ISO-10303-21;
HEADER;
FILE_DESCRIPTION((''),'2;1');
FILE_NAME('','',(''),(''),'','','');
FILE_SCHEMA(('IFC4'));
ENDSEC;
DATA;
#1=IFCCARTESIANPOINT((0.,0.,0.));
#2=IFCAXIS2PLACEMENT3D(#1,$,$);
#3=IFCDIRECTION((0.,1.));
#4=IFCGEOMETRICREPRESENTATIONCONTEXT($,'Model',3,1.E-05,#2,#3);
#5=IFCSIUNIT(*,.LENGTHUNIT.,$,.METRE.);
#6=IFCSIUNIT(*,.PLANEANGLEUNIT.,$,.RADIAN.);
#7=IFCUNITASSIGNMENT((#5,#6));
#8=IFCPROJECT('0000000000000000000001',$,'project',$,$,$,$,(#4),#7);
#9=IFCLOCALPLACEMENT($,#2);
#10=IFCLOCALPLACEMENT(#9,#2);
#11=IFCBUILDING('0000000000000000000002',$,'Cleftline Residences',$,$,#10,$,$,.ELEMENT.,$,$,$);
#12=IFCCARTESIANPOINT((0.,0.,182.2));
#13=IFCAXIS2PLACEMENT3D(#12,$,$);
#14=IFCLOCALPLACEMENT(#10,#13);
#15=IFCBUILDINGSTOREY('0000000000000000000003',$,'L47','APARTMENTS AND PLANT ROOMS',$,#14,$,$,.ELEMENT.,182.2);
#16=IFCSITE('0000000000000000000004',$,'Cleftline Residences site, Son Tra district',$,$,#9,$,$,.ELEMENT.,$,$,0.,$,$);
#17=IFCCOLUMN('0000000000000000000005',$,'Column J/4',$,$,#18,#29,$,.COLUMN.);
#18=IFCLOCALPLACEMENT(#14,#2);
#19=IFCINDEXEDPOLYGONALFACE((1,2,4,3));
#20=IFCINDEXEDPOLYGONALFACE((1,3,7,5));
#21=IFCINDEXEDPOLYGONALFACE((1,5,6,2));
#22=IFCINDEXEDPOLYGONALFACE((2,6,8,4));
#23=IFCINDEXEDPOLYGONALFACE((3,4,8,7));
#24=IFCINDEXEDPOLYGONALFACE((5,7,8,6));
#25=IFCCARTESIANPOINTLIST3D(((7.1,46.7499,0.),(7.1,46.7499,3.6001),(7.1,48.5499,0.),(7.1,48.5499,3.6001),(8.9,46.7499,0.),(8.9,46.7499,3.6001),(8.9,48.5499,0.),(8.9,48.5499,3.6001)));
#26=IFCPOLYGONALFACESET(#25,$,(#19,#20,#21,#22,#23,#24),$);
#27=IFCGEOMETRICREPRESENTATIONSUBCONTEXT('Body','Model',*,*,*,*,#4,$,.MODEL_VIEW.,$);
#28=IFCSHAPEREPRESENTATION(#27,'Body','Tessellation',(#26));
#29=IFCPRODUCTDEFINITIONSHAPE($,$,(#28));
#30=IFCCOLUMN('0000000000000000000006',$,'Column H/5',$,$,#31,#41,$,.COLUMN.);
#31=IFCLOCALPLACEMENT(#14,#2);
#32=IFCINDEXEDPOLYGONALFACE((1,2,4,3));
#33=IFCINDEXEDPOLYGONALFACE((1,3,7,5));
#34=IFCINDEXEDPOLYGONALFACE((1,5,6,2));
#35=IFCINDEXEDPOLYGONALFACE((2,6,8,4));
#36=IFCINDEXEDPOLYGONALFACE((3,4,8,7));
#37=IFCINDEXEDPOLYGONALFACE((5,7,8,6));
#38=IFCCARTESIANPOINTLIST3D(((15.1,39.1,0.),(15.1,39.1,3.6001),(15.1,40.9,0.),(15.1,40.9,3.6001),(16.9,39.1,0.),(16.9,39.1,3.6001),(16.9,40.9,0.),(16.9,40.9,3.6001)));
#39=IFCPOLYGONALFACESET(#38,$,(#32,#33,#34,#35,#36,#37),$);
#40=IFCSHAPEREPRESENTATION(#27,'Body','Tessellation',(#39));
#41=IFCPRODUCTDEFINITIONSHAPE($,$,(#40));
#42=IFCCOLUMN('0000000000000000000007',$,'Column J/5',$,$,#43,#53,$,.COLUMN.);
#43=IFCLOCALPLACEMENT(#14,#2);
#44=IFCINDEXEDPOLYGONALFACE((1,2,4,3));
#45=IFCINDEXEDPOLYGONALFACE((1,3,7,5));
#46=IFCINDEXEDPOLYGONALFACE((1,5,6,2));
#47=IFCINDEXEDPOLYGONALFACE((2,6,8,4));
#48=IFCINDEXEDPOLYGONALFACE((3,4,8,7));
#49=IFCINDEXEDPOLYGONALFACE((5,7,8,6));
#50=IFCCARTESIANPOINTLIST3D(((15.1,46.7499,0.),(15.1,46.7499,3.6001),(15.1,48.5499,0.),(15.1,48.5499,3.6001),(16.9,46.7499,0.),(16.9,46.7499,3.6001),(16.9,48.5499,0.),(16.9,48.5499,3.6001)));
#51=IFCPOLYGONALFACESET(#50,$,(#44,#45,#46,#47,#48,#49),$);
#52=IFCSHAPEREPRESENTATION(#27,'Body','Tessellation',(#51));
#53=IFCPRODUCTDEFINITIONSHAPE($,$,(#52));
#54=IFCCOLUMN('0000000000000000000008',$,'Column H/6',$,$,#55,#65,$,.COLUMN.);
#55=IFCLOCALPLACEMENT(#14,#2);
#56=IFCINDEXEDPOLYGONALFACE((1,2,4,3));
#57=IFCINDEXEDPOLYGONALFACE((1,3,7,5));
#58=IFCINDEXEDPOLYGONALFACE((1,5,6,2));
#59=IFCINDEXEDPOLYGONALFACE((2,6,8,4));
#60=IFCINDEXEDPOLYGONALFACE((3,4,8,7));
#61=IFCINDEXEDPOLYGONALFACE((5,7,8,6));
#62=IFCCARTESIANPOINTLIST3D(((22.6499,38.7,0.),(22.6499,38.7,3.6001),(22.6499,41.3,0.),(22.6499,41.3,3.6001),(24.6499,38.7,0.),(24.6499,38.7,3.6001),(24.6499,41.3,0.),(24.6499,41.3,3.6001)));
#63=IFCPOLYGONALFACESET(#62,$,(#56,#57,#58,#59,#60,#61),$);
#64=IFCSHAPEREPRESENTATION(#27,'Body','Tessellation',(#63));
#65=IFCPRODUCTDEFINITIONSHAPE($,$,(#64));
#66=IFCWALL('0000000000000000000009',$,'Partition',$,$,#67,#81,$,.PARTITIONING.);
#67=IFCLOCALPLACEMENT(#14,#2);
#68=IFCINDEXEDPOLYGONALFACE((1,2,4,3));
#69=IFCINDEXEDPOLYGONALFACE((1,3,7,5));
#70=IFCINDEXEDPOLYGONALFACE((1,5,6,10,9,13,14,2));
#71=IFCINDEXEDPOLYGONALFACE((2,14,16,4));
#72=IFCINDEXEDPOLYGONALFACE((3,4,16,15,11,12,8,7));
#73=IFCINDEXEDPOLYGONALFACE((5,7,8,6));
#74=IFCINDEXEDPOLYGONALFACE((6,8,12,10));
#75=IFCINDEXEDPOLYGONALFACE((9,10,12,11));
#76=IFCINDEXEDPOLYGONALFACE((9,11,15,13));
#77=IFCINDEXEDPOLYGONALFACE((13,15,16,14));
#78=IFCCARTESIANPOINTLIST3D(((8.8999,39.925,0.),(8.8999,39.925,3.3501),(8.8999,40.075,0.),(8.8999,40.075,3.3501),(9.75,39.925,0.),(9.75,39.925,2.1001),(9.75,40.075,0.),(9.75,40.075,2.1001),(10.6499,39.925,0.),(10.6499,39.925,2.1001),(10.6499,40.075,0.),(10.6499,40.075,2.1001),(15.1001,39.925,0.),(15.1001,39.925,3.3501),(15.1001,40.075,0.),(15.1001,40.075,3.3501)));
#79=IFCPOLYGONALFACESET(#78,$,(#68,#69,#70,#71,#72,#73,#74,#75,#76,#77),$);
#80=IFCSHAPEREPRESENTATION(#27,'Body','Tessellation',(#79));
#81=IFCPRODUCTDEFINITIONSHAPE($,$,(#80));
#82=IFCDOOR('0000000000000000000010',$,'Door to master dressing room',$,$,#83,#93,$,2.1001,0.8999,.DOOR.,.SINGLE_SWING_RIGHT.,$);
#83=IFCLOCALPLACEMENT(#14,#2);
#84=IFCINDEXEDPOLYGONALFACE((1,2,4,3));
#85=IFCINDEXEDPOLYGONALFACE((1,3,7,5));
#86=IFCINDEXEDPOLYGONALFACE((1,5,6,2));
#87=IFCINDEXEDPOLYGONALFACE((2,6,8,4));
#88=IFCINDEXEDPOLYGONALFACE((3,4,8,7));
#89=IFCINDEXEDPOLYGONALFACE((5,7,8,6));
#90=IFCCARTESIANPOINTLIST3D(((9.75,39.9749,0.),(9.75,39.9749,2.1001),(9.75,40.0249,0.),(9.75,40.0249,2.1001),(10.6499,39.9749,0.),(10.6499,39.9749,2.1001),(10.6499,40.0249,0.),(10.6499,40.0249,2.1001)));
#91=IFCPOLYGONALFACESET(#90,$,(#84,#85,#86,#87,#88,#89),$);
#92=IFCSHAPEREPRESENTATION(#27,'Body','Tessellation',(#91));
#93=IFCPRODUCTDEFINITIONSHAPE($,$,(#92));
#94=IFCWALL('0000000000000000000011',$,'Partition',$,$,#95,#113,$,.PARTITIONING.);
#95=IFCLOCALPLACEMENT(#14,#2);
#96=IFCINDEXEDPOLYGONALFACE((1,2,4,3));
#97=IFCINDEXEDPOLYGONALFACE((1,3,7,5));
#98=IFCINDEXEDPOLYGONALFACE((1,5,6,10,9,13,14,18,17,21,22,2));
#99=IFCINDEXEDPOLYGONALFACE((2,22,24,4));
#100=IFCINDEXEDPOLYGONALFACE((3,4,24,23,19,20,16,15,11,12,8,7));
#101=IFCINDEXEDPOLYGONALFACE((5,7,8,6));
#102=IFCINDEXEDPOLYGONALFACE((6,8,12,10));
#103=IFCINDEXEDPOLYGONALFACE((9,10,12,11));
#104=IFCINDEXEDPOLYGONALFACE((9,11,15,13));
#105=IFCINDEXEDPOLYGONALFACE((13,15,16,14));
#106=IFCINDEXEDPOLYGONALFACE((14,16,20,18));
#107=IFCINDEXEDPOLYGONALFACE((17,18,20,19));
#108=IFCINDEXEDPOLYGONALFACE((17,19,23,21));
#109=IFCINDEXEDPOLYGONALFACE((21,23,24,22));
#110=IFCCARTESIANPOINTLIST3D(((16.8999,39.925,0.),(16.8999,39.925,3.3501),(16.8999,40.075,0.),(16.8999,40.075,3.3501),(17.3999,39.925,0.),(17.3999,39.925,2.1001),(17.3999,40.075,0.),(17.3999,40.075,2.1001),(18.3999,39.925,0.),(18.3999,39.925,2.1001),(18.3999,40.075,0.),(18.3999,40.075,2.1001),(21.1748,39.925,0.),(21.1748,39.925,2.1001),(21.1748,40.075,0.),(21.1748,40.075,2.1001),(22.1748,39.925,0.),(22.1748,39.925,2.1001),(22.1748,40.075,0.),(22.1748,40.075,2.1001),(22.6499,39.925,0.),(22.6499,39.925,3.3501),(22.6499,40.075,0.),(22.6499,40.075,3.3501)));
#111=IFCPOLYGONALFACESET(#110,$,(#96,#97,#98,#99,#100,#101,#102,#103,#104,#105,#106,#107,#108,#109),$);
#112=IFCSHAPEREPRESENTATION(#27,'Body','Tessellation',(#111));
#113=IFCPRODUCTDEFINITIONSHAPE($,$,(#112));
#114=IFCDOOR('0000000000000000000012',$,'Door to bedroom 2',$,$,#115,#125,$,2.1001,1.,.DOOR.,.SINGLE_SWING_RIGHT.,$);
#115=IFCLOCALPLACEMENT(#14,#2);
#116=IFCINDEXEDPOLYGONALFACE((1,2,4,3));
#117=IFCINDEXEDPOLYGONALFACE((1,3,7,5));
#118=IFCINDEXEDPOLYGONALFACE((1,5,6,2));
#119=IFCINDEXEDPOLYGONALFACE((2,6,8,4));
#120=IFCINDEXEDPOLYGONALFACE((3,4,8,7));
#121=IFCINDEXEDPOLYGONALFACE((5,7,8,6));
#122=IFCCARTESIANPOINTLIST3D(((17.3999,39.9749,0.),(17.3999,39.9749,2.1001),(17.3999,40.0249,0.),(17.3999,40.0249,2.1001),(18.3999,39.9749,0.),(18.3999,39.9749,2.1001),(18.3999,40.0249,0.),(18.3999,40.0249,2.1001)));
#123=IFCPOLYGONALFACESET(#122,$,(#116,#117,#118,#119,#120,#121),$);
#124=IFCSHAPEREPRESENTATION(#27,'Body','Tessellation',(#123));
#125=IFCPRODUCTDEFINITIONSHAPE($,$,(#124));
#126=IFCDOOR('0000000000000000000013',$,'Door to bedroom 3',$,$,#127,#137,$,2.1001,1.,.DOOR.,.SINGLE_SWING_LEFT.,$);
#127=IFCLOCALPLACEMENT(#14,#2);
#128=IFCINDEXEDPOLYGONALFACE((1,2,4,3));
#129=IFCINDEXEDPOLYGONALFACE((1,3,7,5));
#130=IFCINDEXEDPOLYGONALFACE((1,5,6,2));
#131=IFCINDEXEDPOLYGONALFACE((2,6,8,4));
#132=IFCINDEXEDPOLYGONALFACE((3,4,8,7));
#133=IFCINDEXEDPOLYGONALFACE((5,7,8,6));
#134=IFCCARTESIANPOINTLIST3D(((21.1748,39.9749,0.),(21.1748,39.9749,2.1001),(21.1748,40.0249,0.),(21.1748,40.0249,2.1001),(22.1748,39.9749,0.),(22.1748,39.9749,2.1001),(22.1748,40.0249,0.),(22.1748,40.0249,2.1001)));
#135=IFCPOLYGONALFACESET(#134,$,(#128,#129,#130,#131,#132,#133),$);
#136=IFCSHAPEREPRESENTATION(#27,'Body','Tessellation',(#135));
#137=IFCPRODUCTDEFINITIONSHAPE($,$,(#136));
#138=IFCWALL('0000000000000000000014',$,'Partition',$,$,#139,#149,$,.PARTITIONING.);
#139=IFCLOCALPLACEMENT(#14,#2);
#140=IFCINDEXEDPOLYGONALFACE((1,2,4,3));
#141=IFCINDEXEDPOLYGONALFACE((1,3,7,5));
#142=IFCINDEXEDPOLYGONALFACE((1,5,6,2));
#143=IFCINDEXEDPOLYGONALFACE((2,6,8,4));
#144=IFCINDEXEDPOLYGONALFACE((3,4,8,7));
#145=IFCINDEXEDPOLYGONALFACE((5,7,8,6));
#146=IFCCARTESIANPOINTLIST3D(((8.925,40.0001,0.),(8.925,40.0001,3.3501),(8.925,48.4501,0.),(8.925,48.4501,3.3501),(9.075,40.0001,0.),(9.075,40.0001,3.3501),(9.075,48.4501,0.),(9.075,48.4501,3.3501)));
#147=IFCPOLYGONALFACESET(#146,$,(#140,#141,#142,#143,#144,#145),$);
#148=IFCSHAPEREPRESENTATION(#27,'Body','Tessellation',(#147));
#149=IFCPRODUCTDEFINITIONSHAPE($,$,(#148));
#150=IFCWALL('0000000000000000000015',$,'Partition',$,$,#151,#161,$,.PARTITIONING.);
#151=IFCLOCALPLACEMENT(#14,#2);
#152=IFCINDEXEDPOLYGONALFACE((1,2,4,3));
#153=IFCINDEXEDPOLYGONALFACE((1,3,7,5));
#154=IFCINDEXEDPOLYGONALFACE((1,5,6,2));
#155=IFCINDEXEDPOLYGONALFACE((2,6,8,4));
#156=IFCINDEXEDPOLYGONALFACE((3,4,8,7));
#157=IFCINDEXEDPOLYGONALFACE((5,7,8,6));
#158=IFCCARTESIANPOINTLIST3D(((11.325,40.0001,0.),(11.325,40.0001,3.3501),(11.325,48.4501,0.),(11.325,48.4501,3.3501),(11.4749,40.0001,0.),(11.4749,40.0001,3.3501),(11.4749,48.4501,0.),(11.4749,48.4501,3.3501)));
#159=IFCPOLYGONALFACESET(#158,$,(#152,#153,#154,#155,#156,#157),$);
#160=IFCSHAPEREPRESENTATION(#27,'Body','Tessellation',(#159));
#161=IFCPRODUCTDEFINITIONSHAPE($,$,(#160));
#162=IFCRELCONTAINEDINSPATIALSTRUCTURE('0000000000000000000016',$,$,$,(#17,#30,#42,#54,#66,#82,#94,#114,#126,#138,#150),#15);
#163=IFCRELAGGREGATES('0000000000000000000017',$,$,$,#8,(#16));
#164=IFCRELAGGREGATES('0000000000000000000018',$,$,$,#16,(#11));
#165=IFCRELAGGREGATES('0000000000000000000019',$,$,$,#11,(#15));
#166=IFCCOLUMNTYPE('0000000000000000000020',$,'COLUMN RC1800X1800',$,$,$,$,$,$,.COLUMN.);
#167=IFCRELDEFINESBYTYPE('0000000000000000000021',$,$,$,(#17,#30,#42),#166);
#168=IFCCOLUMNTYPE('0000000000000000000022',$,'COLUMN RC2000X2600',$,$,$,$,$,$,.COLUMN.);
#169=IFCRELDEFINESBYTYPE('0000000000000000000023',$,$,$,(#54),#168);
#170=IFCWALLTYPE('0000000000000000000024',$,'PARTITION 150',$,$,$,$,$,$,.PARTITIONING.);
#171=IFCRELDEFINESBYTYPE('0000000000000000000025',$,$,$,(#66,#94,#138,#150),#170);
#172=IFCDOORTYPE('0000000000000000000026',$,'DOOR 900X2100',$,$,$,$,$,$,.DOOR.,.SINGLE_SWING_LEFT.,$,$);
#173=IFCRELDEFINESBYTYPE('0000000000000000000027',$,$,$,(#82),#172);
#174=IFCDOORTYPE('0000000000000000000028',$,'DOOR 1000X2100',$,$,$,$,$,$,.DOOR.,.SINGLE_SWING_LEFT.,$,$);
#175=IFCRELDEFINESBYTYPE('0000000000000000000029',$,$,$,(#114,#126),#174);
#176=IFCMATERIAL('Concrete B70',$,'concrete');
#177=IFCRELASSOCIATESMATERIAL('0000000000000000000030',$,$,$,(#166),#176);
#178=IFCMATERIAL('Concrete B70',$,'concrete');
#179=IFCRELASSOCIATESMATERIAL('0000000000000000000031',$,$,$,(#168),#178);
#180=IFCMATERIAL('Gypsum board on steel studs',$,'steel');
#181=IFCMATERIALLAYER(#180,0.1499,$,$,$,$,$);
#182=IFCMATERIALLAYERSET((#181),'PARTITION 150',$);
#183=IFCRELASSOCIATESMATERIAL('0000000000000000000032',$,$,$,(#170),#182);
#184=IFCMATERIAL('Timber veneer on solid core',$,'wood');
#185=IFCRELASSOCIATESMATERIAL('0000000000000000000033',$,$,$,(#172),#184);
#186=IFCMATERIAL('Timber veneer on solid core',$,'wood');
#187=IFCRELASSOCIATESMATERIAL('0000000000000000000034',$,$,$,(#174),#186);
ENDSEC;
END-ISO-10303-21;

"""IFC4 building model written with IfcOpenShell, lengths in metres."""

from ifc_helpers import new_model, si_unit, direction, frame, frame_2d, origin, origin_2d, place, context, subcontext, project, spatial, rectangle, extrude, material, layer, layer_set, material_profile, profile_set, type_object, element, fill, save


model = new_model("IFC4")

# Units and contexts
model_context = context("Model", 3, precision=1e-05, world=origin(), true_north=direction((0.0, 1.0)))
body_context = subcontext(model_context, "Body", "Model", "MODEL_VIEW")
ifc_project = project(units=[si_unit("LENGTHUNIT", "METRE"), si_unit("PLANEANGLEUNIT", "RADIAN")], contexts=[model_context])

# Site, building, storey
site_placement = place(None, origin())
site = spatial("IfcSite", under=ifc_project, at=site_placement, Name="Cleftline Residences site, Son Tra district", CompositionType="ELEMENT", RefElevation=0.0)
building_placement = place(site_placement, origin())
building = spatial("IfcBuilding", under=site, at=building_placement, Name="Cleftline Residences", CompositionType="ELEMENT")
storey_placement = place(building_placement, frame((0.0, 0.0, 182.2)))
storey = spatial("IfcBuildingStorey", under=building, at=storey_placement, Name="L47", Description="APARTMENTS AND PLANT ROOMS", CompositionType="ELEMENT", Elevation=182.2)

# Columns
ifc_material_1 = material(Name="Concrete B70", Category="concrete")
ifc_material_profile_1 = material_profile(ifc_material_1, rectangle(XDim=1.8, YDim=1.8, at=origin_2d()))
ifc_profile_set_1 = profile_set([ifc_material_profile_1], Name="Concrete B70")
column_type_1 = type_object("IfcColumnType", Name="COLUMN RC1800X1800", PredefinedType="COLUMN", material=ifc_profile_set_1)
for number, where, z_axis, x_axis, name in (
    (1, (8.0, 47.6499, 0.0), (0.0, 0.0, 1.0), (1.0, 0.0, 0.0), "Column J/4"),
    (2, (16.0, 40.0, 0.0), (0.0, 0.0, 1.0), (1.0, 0.0, 0.0), "Column H/5"),
    (3, (16.0, 47.6499, 0.0), (0.0, 0.0, 1.0), (1.0, 0.0, 0.0), "Column J/5"),
):
    element("IfcColumn", number, at=place(storey_placement, frame(where, z_axis=z_axis, x_axis=x_axis)), inside=storey, type_object=column_type_1, Name=name, PredefinedType="COLUMN", context=body_context, shape_type="SweptSolid", body=[
        extrude(rectangle(XDim=1.8, YDim=1.8, at=origin_2d()), origin(), (0.0, 0.0, 1.0), 3.6001),
    ])
ifc_material_2 = material(Name="Concrete B70", Category="concrete")
ifc_material_profile_2 = material_profile(ifc_material_2, rectangle(XDim=2.0, YDim=2.6001, at=origin_2d()))
ifc_profile_set_2 = profile_set([ifc_material_profile_2], Name="Concrete B70")
column_type_2 = type_object("IfcColumnType", Name="COLUMN RC2000X2600", PredefinedType="COLUMN", material=ifc_profile_set_2)
column_placement = place(storey_placement, frame((23.6499, 40.0, 0.0), z_axis=(0.0, 0.0, 1.0), x_axis=(1.0, 0.0, 0.0)))
element("IfcColumn", 4, at=column_placement, inside=storey, type_object=column_type_2, Name="Column H/6", PredefinedType="COLUMN", context=body_context, shape_type="SweptSolid", body=[
    extrude(rectangle(XDim=2.0, YDim=2.6001, at=origin_2d()), origin(), (0.0, 0.0, 1.0), 3.6001),
])

# Wall, opening, door
ifc_material_3 = material(Name="Gypsum board on steel studs", Category="steel")
ifc_layer = layer(ifc_material_3, 0.1499)
ifc_layer_set = layer_set([ifc_layer], Name="PARTITION 150")
wall_type = type_object("IfcWallType", Name="PARTITION 150", PredefinedType="PARTITIONING", material=ifc_layer_set)
wall_1_placement = place(storey_placement, frame((8.8999, 40.0, 0.0), z_axis=(0.0, 0.0, 1.0), x_axis=(1.0, 0.0, 0.0)))
wall_1 = element("IfcWall", 5, at=wall_1_placement, inside=storey, type_object=wall_type, Name="Partition", PredefinedType="PARTITIONING", context=body_context, shape_type="SweptSolid", body=[
    extrude(rectangle(XDim=6.2002, YDim=0.1499, at=frame_2d((3.1001, 0.0))), origin(), (0.0, 0.0, 1.0), 3.3501),
])
opening_1_placement = place(wall_1_placement, frame((0.8501, 0.0, 0.0)))
opening_1 = element("IfcOpeningElement", 6, at=opening_1_placement, cuts=wall_1, PredefinedType="OPENING", context=body_context, shape_type="SweptSolid", body=[
    extrude(rectangle(XDim=0.8999, YDim=2.1001, at=frame_2d((0.45, 1.05))), frame((0.0, 0.085, 0.0), z_axis=(0.0, -1.0, 0.0), x_axis=(1.0, 0.0, 0.0)), (0.0, 0.0, 1.0), 0.1699),
])
ifc_material_4 = material(Name="Timber veneer on solid core", Category="wood")
door_type_1 = type_object("IfcDoorType", Name="DOOR 900X2100", OperationType="SINGLE_SWING_LEFT", PredefinedType="DOOR", material=ifc_material_4)
door_1_placement = place(opening_1_placement, origin())
door_1 = element("IfcDoor", 7, at=door_1_placement, inside=storey, type_object=door_type_1, Name="Door to master dressing room", OperationType="SINGLE_SWING_RIGHT", OverallHeight=2.1001, OverallWidth=0.8999, PredefinedType="DOOR", context=body_context, shape_type="SweptSolid", body=[
    extrude(rectangle(XDim=0.8999, YDim=2.1001, at=frame_2d((0.45, 1.05))), frame((0.0, 0.0249, 0.0), z_axis=(0.0, -1.0, 0.0), x_axis=(1.0, 0.0, 0.0)), (0.0, 0.0, 1.0), 0.05),
])
fill(opening_1, door_1)

# Wall, openings, doors
wall_2_placement = place(storey_placement, frame((16.8999, 40.0, 0.0), z_axis=(0.0, 0.0, 1.0), x_axis=(1.0, 0.0, 0.0)))
wall_2 = element("IfcWall", 8, at=wall_2_placement, inside=storey, type_object=wall_type, Name="Partition", PredefinedType="PARTITIONING", context=body_context, shape_type="SweptSolid", body=[
    extrude(rectangle(XDim=5.75, YDim=0.1499, at=frame_2d((2.875, 0.0))), origin(), (0.0, 0.0, 1.0), 3.3501),
])
opening_2_placement = place(wall_2_placement, frame((0.5, 0.0, 0.0)))
opening_2 = element("IfcOpeningElement", 9, at=opening_2_placement, cuts=wall_2, PredefinedType="OPENING", context=body_context, shape_type="SweptSolid", body=[
    extrude(rectangle(XDim=1.0, YDim=2.1001, at=frame_2d((0.5, 1.05))), frame((0.0, 0.085, 0.0), z_axis=(0.0, -1.0, 0.0), x_axis=(1.0, 0.0, 0.0)), (0.0, 0.0, 1.0), 0.1699),
])
opening_3_placement = place(wall_2_placement, frame((4.2749, 0.0, 0.0)))
opening_3 = element("IfcOpeningElement", 10, at=opening_3_placement, cuts=wall_2, PredefinedType="OPENING", context=body_context, shape_type="SweptSolid", body=[
    extrude(rectangle(XDim=1.0, YDim=2.1001, at=frame_2d((0.5, 1.05))), frame((0.0, 0.085, 0.0), z_axis=(0.0, -1.0, 0.0), x_axis=(1.0, 0.0, 0.0)), (0.0, 0.0, 1.0), 0.1699),
])
ifc_material_5 = material(Name="Timber veneer on solid core", Category="wood")
door_type_2 = type_object("IfcDoorType", Name="DOOR 1000X2100", OperationType="SINGLE_SWING_LEFT", PredefinedType="DOOR", material=ifc_material_5)
door_2_placement = place(opening_2_placement, origin())
door_2 = element("IfcDoor", 11, at=door_2_placement, inside=storey, type_object=door_type_2, Name="Door to bedroom 2", OperationType="SINGLE_SWING_RIGHT", OverallHeight=2.1001, OverallWidth=1.0, PredefinedType="DOOR", context=body_context, shape_type="SweptSolid", body=[
    extrude(rectangle(XDim=1.0, YDim=2.1001, at=frame_2d((0.5, 1.05))), frame((0.0, 0.0249, 0.0), z_axis=(0.0, -1.0, 0.0), x_axis=(1.0, 0.0, 0.0)), (0.0, 0.0, 1.0), 0.05),
])
fill(opening_2, door_2)
door_3_placement = place(opening_3_placement, origin())
door_3 = element("IfcDoor", 12, at=door_3_placement, inside=storey, type_object=door_type_2, Name="Door to bedroom 3", OperationType="SINGLE_SWING_LEFT", OverallHeight=2.1001, OverallWidth=1.0, PredefinedType="DOOR", context=body_context, shape_type="SweptSolid", body=[
    extrude(rectangle(XDim=1.0, YDim=2.1001, at=frame_2d((0.5, 1.05))), frame((0.0, 0.0249, 0.0), z_axis=(0.0, -1.0, 0.0), x_axis=(1.0, 0.0, 0.0)), (0.0, 0.0, 1.0), 0.05),
])
fill(opening_3, door_3)

# Walls
for number, where, z_axis, x_axis, name in (
    (13, (9.0, 40.0, 0.0), (0.0, 0.0, 1.0), (0.0, 1.0, 0.0), "Partition"),
    (14, (11.3999, 40.0, 0.0), (0.0, 0.0, 1.0), (0.0, 1.0, 0.0), "Partition"),
):
    element("IfcWall", number, at=place(storey_placement, frame(where, z_axis=z_axis, x_axis=x_axis)), inside=storey, type_object=wall_type, Name=name, PredefinedType="PARTITIONING", context=body_context, shape_type="SweptSolid", body=[
        extrude(rectangle(XDim=8.45, YDim=0.1499, at=frame_2d((4.2251, 0.0))), origin(), (0.0, 0.0, 1.0), 3.3501),
    ])

save(model, "model.ifc")
